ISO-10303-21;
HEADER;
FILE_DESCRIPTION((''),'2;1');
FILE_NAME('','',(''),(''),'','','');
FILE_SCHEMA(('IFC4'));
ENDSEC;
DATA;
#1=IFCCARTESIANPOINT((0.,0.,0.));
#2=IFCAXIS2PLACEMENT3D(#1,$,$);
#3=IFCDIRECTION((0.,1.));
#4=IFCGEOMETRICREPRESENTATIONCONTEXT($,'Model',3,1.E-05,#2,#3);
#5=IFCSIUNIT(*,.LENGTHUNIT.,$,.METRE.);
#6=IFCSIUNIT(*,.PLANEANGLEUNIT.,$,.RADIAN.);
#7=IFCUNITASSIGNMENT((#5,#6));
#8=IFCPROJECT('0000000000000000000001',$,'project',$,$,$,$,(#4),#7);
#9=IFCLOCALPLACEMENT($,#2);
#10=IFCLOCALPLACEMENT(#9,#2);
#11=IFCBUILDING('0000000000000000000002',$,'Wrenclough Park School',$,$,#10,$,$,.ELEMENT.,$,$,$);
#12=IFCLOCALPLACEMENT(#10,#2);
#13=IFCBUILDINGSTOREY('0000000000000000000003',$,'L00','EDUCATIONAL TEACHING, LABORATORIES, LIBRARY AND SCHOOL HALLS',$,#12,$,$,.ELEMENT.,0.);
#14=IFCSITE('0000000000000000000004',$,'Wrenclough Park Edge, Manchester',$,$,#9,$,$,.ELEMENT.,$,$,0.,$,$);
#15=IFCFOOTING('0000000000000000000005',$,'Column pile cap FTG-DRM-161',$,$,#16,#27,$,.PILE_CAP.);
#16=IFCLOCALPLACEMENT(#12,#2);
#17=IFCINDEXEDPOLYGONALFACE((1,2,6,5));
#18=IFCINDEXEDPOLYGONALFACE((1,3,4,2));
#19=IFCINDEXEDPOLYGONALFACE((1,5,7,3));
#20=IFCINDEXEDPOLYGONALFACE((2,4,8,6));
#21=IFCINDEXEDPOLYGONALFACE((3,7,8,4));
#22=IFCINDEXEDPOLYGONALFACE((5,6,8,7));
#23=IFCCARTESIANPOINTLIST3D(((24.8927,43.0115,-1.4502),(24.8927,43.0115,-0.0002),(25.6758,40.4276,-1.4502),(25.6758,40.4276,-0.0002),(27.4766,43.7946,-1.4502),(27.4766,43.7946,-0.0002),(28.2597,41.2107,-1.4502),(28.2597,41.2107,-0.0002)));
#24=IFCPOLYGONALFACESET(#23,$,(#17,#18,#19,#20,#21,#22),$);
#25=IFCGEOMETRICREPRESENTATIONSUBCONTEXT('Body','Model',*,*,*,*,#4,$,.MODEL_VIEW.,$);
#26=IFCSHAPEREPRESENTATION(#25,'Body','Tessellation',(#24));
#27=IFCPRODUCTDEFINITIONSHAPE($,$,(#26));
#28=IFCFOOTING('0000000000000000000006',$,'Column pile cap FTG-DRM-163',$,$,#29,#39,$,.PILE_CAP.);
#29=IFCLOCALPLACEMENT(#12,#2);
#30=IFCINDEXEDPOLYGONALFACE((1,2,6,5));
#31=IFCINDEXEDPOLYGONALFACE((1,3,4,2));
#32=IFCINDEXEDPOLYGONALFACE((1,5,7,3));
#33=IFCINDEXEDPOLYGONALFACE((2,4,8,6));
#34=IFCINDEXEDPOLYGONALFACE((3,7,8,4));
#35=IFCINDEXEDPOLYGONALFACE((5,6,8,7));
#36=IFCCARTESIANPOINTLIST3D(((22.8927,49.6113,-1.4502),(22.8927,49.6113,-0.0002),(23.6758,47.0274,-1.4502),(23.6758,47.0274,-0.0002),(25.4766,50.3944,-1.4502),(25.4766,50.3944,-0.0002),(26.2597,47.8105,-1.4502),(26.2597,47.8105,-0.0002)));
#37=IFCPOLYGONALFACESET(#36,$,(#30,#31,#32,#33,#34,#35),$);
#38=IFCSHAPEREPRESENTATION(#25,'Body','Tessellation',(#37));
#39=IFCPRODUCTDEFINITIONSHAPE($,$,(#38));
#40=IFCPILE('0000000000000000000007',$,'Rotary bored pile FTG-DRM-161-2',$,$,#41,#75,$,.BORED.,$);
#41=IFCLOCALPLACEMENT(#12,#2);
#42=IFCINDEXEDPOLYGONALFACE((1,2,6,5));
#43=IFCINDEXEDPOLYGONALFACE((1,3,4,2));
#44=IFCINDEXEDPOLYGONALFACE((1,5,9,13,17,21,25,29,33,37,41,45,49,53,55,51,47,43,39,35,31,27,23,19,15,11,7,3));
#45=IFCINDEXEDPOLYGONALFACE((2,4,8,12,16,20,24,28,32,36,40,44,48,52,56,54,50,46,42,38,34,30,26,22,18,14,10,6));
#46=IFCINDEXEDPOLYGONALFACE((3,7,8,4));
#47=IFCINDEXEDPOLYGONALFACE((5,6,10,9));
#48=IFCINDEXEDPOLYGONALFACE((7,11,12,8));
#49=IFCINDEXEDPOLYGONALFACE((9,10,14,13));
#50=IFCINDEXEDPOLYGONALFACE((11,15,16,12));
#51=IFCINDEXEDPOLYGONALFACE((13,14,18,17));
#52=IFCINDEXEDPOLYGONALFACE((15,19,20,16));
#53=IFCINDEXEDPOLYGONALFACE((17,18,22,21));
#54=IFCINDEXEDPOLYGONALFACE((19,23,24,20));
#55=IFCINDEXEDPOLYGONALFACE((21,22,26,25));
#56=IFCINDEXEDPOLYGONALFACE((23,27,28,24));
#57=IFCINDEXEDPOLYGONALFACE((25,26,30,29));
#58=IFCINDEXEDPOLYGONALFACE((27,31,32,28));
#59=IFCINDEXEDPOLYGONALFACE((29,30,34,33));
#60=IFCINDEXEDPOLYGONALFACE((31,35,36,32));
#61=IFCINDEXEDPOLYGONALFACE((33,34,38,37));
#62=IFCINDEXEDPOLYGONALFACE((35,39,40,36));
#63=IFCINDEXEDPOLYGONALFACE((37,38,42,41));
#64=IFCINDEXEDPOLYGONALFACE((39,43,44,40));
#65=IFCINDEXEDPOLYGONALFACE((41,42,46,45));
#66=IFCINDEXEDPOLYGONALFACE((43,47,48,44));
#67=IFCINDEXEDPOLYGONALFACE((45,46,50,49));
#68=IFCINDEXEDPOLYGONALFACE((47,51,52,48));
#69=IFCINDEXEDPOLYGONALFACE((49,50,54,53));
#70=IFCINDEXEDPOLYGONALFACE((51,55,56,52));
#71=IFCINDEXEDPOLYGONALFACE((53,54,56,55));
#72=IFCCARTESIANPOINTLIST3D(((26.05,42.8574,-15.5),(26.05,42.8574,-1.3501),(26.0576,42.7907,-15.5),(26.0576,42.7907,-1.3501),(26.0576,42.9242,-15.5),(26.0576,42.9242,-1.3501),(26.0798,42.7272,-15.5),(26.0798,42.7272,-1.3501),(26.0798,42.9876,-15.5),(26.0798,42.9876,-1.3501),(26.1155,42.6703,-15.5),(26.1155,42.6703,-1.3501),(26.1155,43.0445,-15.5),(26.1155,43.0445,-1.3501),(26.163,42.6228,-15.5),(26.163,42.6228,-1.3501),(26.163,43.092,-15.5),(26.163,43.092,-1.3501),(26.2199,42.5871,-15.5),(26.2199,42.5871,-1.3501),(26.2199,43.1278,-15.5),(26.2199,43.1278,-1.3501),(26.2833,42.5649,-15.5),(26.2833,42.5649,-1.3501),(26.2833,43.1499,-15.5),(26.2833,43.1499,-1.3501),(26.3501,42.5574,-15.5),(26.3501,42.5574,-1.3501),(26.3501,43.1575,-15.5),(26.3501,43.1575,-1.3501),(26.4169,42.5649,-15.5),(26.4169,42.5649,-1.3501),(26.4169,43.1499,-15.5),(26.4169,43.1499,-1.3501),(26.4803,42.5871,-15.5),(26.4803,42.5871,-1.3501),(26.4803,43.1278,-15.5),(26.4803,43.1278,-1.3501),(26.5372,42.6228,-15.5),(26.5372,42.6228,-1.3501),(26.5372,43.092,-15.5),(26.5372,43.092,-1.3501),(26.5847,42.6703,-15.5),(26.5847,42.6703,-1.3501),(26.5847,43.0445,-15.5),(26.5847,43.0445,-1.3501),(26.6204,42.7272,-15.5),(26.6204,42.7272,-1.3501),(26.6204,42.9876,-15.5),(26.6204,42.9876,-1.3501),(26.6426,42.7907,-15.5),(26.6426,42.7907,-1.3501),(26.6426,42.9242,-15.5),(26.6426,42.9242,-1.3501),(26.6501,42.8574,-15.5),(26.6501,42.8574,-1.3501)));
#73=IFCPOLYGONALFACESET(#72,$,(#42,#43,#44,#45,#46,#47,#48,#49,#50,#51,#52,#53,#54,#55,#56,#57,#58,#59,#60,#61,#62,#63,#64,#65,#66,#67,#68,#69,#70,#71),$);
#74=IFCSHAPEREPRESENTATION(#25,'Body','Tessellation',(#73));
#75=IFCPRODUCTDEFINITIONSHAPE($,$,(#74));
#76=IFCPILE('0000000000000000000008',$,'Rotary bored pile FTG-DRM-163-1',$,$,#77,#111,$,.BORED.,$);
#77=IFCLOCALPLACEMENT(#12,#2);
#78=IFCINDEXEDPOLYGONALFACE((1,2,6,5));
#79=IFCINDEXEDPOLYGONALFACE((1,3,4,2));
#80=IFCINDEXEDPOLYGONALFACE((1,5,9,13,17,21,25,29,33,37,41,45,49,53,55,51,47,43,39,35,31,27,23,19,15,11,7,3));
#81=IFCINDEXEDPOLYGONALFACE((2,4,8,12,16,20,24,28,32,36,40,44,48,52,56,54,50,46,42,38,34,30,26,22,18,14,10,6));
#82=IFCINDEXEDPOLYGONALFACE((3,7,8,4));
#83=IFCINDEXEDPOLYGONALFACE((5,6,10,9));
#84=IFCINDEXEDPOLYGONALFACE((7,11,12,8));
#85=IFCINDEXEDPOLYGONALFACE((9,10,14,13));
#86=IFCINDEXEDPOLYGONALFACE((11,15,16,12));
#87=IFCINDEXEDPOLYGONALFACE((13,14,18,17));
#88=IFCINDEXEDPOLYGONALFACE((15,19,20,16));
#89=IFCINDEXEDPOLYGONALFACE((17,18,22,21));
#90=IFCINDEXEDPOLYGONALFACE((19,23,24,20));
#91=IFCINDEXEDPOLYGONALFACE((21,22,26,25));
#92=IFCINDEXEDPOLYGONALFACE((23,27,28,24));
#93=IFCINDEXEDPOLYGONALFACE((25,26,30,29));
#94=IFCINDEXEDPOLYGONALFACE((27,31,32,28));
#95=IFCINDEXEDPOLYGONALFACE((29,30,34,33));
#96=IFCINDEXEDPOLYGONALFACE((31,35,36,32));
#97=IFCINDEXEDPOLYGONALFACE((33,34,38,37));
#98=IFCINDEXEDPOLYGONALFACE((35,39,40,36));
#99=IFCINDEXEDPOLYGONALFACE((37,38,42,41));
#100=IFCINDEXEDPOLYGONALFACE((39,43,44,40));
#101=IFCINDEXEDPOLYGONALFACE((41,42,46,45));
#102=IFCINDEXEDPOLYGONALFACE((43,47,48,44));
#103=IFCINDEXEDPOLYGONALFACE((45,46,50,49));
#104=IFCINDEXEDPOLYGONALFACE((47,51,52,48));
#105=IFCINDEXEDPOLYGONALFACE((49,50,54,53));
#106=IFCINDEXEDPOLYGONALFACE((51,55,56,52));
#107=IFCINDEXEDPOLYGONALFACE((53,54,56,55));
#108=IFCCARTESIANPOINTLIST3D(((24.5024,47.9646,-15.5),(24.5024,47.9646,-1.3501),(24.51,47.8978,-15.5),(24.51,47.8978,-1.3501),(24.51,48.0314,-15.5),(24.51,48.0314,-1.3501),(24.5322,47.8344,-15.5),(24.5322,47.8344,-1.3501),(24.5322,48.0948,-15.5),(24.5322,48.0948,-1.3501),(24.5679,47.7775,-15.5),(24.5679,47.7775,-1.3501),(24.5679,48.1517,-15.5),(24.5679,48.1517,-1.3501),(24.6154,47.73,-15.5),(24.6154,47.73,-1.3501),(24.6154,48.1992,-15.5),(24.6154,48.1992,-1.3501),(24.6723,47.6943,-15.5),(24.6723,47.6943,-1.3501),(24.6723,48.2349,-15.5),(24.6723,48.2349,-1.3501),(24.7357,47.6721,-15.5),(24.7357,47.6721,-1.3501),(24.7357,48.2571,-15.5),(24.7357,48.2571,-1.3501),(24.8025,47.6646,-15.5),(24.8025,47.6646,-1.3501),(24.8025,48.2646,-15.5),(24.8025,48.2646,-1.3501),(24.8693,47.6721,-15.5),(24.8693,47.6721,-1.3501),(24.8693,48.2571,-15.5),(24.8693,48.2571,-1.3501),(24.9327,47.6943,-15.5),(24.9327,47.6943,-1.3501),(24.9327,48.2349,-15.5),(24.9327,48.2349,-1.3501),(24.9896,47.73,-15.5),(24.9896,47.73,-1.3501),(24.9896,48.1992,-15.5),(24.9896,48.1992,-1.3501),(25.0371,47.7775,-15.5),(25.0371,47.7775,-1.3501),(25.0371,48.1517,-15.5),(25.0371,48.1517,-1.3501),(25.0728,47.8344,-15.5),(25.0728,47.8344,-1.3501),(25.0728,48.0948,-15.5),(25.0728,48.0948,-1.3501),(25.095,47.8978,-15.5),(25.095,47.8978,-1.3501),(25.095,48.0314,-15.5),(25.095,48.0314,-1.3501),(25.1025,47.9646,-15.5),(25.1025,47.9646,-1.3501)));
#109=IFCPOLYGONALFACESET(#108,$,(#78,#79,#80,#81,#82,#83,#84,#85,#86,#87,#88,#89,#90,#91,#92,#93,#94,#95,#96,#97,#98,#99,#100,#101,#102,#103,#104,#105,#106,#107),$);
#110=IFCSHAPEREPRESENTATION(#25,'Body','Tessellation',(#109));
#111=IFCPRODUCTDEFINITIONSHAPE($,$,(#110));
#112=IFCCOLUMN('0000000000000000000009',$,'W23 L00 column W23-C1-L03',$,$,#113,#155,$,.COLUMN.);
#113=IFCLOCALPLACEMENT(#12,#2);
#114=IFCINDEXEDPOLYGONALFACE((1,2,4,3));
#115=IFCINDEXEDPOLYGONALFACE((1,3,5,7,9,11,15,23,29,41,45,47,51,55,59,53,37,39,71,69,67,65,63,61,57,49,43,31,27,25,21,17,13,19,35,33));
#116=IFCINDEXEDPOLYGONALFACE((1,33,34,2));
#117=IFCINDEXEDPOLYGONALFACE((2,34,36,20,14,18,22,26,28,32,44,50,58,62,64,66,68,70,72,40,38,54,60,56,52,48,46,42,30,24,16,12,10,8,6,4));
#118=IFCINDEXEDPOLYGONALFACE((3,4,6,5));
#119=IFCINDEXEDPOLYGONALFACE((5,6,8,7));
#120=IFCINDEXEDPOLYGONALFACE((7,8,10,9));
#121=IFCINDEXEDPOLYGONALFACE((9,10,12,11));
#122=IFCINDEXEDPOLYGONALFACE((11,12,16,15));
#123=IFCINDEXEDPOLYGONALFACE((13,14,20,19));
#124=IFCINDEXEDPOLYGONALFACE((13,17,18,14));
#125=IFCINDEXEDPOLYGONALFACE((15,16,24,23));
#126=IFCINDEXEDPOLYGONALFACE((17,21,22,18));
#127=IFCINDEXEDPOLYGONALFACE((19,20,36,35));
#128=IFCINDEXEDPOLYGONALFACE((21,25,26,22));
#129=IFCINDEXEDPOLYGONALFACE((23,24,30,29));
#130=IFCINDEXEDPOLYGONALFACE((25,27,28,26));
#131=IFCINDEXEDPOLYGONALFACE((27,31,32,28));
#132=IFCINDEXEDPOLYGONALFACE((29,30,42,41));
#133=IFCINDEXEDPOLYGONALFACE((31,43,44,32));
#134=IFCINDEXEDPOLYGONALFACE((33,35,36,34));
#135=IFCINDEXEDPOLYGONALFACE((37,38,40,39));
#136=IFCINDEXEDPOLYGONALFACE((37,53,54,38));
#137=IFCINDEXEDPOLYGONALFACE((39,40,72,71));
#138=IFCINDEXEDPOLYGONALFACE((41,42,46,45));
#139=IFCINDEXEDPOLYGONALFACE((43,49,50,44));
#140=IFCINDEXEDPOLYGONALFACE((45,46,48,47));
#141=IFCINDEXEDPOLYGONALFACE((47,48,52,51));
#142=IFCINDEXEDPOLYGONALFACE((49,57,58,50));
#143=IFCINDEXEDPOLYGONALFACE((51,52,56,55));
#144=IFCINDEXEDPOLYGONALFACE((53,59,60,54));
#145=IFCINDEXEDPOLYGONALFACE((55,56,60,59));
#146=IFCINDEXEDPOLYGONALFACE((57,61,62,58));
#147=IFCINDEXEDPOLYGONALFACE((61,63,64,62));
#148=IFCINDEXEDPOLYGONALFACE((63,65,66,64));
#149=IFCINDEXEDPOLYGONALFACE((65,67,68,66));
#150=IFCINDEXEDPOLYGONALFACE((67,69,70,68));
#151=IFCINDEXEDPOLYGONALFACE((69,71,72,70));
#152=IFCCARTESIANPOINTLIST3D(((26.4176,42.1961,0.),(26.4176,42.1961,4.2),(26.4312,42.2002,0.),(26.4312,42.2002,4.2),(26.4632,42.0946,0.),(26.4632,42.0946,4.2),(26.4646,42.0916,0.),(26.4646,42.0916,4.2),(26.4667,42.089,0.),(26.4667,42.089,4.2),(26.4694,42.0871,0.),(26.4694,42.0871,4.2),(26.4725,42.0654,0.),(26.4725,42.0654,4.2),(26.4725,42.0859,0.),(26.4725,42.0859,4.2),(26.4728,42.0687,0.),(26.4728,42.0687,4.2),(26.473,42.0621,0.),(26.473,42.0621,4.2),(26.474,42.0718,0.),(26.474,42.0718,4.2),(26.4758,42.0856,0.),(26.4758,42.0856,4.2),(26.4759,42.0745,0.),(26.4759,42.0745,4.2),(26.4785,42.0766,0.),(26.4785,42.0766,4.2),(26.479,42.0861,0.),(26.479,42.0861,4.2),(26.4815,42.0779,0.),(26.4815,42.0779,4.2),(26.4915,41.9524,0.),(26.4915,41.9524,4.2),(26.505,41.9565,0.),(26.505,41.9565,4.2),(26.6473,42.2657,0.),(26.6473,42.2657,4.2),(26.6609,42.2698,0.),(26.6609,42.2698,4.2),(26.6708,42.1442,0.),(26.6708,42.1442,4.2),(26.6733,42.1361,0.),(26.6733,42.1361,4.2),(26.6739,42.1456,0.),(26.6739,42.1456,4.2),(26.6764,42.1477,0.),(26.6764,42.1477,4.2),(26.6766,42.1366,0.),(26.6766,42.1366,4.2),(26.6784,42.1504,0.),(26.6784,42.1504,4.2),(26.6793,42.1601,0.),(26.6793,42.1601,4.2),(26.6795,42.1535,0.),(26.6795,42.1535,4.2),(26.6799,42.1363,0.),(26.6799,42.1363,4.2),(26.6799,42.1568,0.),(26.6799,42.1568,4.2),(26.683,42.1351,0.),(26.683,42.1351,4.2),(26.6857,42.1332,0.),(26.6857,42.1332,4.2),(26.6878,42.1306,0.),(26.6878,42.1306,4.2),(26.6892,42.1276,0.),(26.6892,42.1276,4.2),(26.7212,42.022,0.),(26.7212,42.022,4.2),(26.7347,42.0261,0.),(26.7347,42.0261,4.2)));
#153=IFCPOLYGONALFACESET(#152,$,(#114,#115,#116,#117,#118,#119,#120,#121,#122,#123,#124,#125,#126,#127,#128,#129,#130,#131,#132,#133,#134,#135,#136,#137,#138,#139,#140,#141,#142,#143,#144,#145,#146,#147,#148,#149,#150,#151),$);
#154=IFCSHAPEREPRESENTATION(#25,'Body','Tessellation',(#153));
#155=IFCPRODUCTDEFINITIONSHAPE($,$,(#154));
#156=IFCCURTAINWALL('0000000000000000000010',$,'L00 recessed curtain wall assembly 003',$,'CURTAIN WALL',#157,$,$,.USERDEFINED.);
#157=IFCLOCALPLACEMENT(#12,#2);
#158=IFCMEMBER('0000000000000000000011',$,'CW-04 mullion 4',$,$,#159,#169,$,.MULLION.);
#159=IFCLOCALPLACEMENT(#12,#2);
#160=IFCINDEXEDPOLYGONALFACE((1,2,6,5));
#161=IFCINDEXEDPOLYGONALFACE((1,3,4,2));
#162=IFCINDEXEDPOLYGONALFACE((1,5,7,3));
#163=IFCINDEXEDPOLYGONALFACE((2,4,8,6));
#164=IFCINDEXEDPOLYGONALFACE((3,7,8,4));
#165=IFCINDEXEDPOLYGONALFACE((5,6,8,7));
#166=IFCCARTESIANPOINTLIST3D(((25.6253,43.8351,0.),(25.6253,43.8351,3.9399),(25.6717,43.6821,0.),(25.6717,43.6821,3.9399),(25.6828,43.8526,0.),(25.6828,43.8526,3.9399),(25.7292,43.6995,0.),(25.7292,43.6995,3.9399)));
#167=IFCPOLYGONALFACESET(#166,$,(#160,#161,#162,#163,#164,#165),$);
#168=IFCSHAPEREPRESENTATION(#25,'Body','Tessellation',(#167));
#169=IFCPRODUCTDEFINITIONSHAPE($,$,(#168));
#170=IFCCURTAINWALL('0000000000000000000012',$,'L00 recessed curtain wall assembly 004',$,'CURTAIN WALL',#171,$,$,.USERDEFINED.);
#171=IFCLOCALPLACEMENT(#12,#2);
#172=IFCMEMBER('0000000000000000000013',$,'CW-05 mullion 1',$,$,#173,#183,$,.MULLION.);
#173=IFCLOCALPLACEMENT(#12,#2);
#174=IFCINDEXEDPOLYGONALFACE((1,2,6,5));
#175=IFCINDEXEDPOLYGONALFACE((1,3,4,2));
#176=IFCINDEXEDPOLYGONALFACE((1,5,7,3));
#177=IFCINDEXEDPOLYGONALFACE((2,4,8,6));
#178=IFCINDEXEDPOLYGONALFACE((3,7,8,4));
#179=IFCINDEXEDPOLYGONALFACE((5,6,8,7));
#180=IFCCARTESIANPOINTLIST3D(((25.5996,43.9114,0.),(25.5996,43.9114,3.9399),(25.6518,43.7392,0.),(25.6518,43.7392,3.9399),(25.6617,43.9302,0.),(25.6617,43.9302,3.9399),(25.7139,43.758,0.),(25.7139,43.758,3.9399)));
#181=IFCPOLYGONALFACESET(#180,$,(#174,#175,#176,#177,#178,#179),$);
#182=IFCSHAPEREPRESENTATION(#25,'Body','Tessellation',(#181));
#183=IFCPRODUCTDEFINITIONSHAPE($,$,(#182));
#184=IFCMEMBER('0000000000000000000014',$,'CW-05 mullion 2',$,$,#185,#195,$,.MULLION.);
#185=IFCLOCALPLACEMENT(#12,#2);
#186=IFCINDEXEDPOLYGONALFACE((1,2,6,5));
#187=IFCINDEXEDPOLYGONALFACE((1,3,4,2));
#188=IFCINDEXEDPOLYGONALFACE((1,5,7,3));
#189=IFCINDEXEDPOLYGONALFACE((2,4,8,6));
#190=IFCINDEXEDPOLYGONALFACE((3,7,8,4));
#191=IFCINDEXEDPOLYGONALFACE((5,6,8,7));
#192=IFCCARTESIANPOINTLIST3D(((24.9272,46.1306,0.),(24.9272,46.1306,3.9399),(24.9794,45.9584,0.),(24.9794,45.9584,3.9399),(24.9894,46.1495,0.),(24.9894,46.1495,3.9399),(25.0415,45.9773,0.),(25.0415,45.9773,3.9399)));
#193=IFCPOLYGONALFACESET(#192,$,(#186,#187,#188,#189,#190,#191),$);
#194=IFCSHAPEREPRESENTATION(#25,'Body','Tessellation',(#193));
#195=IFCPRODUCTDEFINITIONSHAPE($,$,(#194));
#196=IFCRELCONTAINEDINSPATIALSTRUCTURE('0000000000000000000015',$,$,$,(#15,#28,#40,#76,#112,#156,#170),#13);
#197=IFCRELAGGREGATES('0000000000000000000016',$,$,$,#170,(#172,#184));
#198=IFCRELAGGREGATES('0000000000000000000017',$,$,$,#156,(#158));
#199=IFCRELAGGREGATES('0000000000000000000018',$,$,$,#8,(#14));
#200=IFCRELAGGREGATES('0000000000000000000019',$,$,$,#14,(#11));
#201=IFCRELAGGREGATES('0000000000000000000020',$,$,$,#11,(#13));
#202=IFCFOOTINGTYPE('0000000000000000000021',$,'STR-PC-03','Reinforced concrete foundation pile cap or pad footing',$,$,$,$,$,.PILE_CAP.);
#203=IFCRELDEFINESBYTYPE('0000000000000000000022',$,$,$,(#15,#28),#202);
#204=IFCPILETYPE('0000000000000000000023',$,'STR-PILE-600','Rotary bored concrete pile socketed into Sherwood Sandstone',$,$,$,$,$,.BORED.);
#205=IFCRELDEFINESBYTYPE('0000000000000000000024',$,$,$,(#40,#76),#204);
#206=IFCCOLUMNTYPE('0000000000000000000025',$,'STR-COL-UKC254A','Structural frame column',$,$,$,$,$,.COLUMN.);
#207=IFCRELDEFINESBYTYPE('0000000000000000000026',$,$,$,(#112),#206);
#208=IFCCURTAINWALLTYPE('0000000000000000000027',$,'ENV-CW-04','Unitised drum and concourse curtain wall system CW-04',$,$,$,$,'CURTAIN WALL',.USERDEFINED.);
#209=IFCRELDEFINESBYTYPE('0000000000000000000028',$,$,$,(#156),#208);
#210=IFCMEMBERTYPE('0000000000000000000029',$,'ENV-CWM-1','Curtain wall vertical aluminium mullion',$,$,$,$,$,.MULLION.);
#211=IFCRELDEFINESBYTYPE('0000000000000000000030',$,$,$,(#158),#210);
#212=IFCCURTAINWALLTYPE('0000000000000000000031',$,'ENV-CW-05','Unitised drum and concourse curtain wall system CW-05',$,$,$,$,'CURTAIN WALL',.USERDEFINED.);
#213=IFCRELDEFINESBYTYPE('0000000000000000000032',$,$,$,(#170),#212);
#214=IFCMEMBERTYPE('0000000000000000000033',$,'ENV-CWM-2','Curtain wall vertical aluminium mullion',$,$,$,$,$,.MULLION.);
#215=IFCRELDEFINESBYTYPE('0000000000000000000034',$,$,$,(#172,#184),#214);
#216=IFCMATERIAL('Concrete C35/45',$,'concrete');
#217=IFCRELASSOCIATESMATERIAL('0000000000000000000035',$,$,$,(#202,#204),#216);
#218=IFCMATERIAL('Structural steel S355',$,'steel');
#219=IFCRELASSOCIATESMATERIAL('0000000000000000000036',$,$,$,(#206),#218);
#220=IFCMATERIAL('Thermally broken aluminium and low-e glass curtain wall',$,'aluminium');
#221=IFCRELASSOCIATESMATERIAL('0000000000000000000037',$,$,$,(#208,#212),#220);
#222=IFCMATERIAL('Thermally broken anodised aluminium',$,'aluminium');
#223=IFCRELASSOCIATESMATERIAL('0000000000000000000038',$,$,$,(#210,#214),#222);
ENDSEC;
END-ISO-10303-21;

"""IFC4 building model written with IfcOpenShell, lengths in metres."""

from ifc_helpers import new_model, si_unit, direction, frame, origin, origin_2d, place, context, subcontext, project, spatial, rectangle, circle, i_section, extrude, material, material_profile, profile_set, type_object, element, aggregate, save


model = new_model("IFC4")

# Units and contexts
model_context = context("Model", 3, precision=1e-05, world=origin(), true_north=direction((0.0, 1.0)))
body_context = subcontext(model_context, "Body", "Model", "MODEL_VIEW")
ifc_project = project(units=[si_unit("LENGTHUNIT", "METRE"), si_unit("PLANEANGLEUNIT", "RADIAN")], contexts=[model_context])

# Site, building, storey
site_placement = place(None, origin())
site = spatial("IfcSite", under=ifc_project, at=site_placement, Name="Wrenclough Park Edge, Manchester", CompositionType="ELEMENT", RefElevation=0.0)
building_placement = place(site_placement, origin())
building = spatial("IfcBuilding", under=site, at=building_placement, Name="Wrenclough Park School", CompositionType="ELEMENT")
storey_placement = place(building_placement, origin())
storey = spatial("IfcBuildingStorey", under=building, at=storey_placement, Name="L00", Description="EDUCATIONAL TEACHING, LABORATORIES, LIBRARY AND SCHOOL HALLS", CompositionType="ELEMENT", Elevation=0.0)

# Footings
ifc_material_1 = material(Name="Concrete C35/45", Category="concrete")
footing_type = type_object("IfcFootingType", Name="STR-PC-03", Description="Reinforced concrete foundation pile cap or pad footing", PredefinedType="PILE_CAP", material=ifc_material_1)
for number, where, z_axis, x_axis, name in (
    (1, (26.5762, 42.1111, -1.4502), (0.0, 0.0, 1.0), (-0.290034, 0.957016, 0.0), "Column pile cap FTG-DRM-161"),
    (2, (24.5762, 48.7109, -1.4502), (0.0, 0.0, 1.0), (-0.290034, 0.957016, 0.0), "Column pile cap FTG-DRM-163"),
):
    element("IfcFooting", number, at=place(storey_placement, frame(where, z_axis=z_axis, x_axis=x_axis)), inside=storey, type_object=footing_type, Name=name, PredefinedType="PILE_CAP", context=body_context, shape_type="SweptSolid", body=[
        extrude(rectangle(XDim=2.7, YDim=2.7, at=origin_2d()), origin(), (0.0, 0.0, 1.0), 1.45),
    ])

# Piles
ifc_material_profile_1 = material_profile(ifc_material_1, circle(Radius=0.3, at=origin_2d()), Name="BORED PILE D600")
ifc_profile_set_1 = profile_set([ifc_material_profile_1], Name="Concrete C35/45")
pile_type = type_object("IfcPileType", Name="STR-PILE-600", Description="Rotary bored concrete pile socketed into Sherwood Sandstone", PredefinedType="BORED", material=ifc_profile_set_1)
for number, where, z_axis, x_axis, name in (
    (3, (26.3501, 42.8574, -1.3501), (0.0, 0.0, -1.0), (1.0, 0.0, 0.0), "Rotary bored pile FTG-DRM-161-2"),
    (4, (24.8025, 47.9646, -1.3501), (0.0, 0.0, -1.0), (1.0, 0.0, 0.0), "Rotary bored pile FTG-DRM-163-1"),
):
    element("IfcPile", number, at=place(storey_placement, frame(where, z_axis=z_axis, x_axis=x_axis)), inside=storey, type_object=pile_type, Name=name, PredefinedType="BORED", context=body_context, shape_type="SweptSolid", body=[
        extrude(circle(Radius=0.3, at=origin_2d()), origin(), (0.0, 0.0, 1.0), 14.1499),
    ])

# Column
ifc_material_2 = material(Name="Structural steel S355", Category="steel")
ifc_material_profile_2 = material_profile(ifc_material_2, i_section(OverallWidth=0.2546, OverallDepth=0.2542, WebThickness=0.0085, FlangeThickness=0.0142, FilletRadius=0.0127, at=origin_2d()), Name="UKC 254x254x73")
ifc_profile_set_2 = profile_set([ifc_material_profile_2], Name="Structural steel S355")
column_type = type_object("IfcColumnType", Name="STR-COL-UKC254A", Description="Structural frame column", PredefinedType="COLUMN", material=ifc_profile_set_2)
column_placement = place(storey_placement, frame((26.5762, 42.1111, 0.0), z_axis=(0.0, 0.0, 1.0), x_axis=(-0.290034, 0.957016, 0.0)))
element("IfcColumn", 5, at=column_placement, inside=storey, type_object=column_type, Name="W23 L00 column W23-C1-L03", PredefinedType="COLUMN", context=body_context, shape_type="SweptSolid", body=[
    extrude(i_section(OverallWidth=0.2546, OverallDepth=0.2542, WebThickness=0.0085, FlangeThickness=0.0142, FilletRadius=0.0127, at=origin_2d()), origin(), (0.0, 0.0, 1.0), 4.2),
])

# Curtain wall, member
ifc_material_3 = material(Name="Thermally broken aluminium and low-e glass curtain wall", Category="aluminium")
curtain_wall_type_1 = type_object("IfcCurtainWallType", Name="ENV-CW-04", Description="Unitised drum and concourse curtain wall system CW-04", ElementType="CURTAIN WALL", PredefinedType="USERDEFINED", material=ifc_material_3)
curtain_wall_1_placement = place(storey_placement, origin())
curtain_wall_1 = element("IfcCurtainWall", 6, at=curtain_wall_1_placement, inside=storey, type_object=curtain_wall_type_1, Name="L00 recessed curtain wall assembly 003", ObjectType="CURTAIN WALL", PredefinedType="USERDEFINED")
ifc_material_4 = material(Name="Thermally broken anodised aluminium", Category="aluminium")
ifc_material_profile_3 = material_profile(ifc_material_4, rectangle(XDim=0.0601, YDim=0.1599, at=origin_2d()), Name="AL MULLION 60x160")
ifc_profile_set_3 = profile_set([ifc_material_profile_3], Name="Thermally broken anodised aluminium")
member_type_1 = type_object("IfcMemberType", Name="ENV-CWM-1", Description="Curtain wall vertical aluminium mullion", PredefinedType="MULLION", material=ifc_profile_set_3)
member_1_placement = place(storey_placement, frame((25.6772, 43.7673, 0.0), z_axis=(0.0, 0.0, 1.0), x_axis=(-0.95703, -0.289988, 0.0)))
member_1 = element("IfcMember", 7, at=member_1_placement, type_object=member_type_1, Name="CW-04 mullion 4", PredefinedType="MULLION", context=body_context, shape_type="SweptSolid", body=[
    extrude(rectangle(XDim=0.0601, YDim=0.1599, at=origin_2d()), origin(), (0.0, 0.0, 1.0), 3.9399),
])

# Curtain wall, members
curtain_wall_type_2 = type_object("IfcCurtainWallType", Name="ENV-CW-05", Description="Unitised drum and concourse curtain wall system CW-05", ElementType="CURTAIN WALL", PredefinedType="USERDEFINED", material=ifc_material_3)
curtain_wall_2_placement = place(storey_placement, origin())
curtain_wall_2 = element("IfcCurtainWall", 8, at=curtain_wall_2_placement, inside=storey, type_object=curtain_wall_type_2, Name="L00 recessed curtain wall assembly 004", ObjectType="CURTAIN WALL", PredefinedType="USERDEFINED")
ifc_material_profile_4 = material_profile(ifc_material_4, rectangle(XDim=0.0649, YDim=0.1799, at=origin_2d()), Name="AL MULLION 65x180")
ifc_profile_set_4 = profile_set([ifc_material_profile_4], Name="Thermally broken anodised aluminium")
member_type_2 = type_object("IfcMemberType", Name="ENV-CWM-2", Description="Curtain wall vertical aluminium mullion", PredefinedType="MULLION", material=ifc_profile_set_4)
member_2_placement = place(storey_placement, frame((25.6567, 43.8347, 0.0), z_axis=(0.0, 0.0, 1.0), x_axis=(-0.957026, -0.290001, 0.0)))
member_2 = element("IfcMember", 9, at=member_2_placement, type_object=member_type_2, Name="CW-05 mullion 1", PredefinedType="MULLION", context=body_context, shape_type="SweptSolid", body=[
    extrude(rectangle(XDim=0.0649, YDim=0.1799, at=origin_2d()), origin(), (0.0, 0.0, 1.0), 3.9399),
])
member_3_placement = place(storey_placement, frame((24.9844, 46.054, 0.0), z_axis=(0.0, 0.0, 1.0), x_axis=(-0.957026, -0.290001, 0.0)))
member_3 = element("IfcMember", 10, at=member_3_placement, type_object=member_type_2, Name="CW-05 mullion 2", PredefinedType="MULLION", context=body_context, shape_type="SweptSolid", body=[
    extrude(rectangle(XDim=0.0649, YDim=0.1799, at=origin_2d()), origin(), (0.0, 0.0, 1.0), 3.9399),
])

aggregate(curtain_wall_2, [member_2, member_3])
aggregate(curtain_wall_1, [member_1])

save(model, "model.ifc")
